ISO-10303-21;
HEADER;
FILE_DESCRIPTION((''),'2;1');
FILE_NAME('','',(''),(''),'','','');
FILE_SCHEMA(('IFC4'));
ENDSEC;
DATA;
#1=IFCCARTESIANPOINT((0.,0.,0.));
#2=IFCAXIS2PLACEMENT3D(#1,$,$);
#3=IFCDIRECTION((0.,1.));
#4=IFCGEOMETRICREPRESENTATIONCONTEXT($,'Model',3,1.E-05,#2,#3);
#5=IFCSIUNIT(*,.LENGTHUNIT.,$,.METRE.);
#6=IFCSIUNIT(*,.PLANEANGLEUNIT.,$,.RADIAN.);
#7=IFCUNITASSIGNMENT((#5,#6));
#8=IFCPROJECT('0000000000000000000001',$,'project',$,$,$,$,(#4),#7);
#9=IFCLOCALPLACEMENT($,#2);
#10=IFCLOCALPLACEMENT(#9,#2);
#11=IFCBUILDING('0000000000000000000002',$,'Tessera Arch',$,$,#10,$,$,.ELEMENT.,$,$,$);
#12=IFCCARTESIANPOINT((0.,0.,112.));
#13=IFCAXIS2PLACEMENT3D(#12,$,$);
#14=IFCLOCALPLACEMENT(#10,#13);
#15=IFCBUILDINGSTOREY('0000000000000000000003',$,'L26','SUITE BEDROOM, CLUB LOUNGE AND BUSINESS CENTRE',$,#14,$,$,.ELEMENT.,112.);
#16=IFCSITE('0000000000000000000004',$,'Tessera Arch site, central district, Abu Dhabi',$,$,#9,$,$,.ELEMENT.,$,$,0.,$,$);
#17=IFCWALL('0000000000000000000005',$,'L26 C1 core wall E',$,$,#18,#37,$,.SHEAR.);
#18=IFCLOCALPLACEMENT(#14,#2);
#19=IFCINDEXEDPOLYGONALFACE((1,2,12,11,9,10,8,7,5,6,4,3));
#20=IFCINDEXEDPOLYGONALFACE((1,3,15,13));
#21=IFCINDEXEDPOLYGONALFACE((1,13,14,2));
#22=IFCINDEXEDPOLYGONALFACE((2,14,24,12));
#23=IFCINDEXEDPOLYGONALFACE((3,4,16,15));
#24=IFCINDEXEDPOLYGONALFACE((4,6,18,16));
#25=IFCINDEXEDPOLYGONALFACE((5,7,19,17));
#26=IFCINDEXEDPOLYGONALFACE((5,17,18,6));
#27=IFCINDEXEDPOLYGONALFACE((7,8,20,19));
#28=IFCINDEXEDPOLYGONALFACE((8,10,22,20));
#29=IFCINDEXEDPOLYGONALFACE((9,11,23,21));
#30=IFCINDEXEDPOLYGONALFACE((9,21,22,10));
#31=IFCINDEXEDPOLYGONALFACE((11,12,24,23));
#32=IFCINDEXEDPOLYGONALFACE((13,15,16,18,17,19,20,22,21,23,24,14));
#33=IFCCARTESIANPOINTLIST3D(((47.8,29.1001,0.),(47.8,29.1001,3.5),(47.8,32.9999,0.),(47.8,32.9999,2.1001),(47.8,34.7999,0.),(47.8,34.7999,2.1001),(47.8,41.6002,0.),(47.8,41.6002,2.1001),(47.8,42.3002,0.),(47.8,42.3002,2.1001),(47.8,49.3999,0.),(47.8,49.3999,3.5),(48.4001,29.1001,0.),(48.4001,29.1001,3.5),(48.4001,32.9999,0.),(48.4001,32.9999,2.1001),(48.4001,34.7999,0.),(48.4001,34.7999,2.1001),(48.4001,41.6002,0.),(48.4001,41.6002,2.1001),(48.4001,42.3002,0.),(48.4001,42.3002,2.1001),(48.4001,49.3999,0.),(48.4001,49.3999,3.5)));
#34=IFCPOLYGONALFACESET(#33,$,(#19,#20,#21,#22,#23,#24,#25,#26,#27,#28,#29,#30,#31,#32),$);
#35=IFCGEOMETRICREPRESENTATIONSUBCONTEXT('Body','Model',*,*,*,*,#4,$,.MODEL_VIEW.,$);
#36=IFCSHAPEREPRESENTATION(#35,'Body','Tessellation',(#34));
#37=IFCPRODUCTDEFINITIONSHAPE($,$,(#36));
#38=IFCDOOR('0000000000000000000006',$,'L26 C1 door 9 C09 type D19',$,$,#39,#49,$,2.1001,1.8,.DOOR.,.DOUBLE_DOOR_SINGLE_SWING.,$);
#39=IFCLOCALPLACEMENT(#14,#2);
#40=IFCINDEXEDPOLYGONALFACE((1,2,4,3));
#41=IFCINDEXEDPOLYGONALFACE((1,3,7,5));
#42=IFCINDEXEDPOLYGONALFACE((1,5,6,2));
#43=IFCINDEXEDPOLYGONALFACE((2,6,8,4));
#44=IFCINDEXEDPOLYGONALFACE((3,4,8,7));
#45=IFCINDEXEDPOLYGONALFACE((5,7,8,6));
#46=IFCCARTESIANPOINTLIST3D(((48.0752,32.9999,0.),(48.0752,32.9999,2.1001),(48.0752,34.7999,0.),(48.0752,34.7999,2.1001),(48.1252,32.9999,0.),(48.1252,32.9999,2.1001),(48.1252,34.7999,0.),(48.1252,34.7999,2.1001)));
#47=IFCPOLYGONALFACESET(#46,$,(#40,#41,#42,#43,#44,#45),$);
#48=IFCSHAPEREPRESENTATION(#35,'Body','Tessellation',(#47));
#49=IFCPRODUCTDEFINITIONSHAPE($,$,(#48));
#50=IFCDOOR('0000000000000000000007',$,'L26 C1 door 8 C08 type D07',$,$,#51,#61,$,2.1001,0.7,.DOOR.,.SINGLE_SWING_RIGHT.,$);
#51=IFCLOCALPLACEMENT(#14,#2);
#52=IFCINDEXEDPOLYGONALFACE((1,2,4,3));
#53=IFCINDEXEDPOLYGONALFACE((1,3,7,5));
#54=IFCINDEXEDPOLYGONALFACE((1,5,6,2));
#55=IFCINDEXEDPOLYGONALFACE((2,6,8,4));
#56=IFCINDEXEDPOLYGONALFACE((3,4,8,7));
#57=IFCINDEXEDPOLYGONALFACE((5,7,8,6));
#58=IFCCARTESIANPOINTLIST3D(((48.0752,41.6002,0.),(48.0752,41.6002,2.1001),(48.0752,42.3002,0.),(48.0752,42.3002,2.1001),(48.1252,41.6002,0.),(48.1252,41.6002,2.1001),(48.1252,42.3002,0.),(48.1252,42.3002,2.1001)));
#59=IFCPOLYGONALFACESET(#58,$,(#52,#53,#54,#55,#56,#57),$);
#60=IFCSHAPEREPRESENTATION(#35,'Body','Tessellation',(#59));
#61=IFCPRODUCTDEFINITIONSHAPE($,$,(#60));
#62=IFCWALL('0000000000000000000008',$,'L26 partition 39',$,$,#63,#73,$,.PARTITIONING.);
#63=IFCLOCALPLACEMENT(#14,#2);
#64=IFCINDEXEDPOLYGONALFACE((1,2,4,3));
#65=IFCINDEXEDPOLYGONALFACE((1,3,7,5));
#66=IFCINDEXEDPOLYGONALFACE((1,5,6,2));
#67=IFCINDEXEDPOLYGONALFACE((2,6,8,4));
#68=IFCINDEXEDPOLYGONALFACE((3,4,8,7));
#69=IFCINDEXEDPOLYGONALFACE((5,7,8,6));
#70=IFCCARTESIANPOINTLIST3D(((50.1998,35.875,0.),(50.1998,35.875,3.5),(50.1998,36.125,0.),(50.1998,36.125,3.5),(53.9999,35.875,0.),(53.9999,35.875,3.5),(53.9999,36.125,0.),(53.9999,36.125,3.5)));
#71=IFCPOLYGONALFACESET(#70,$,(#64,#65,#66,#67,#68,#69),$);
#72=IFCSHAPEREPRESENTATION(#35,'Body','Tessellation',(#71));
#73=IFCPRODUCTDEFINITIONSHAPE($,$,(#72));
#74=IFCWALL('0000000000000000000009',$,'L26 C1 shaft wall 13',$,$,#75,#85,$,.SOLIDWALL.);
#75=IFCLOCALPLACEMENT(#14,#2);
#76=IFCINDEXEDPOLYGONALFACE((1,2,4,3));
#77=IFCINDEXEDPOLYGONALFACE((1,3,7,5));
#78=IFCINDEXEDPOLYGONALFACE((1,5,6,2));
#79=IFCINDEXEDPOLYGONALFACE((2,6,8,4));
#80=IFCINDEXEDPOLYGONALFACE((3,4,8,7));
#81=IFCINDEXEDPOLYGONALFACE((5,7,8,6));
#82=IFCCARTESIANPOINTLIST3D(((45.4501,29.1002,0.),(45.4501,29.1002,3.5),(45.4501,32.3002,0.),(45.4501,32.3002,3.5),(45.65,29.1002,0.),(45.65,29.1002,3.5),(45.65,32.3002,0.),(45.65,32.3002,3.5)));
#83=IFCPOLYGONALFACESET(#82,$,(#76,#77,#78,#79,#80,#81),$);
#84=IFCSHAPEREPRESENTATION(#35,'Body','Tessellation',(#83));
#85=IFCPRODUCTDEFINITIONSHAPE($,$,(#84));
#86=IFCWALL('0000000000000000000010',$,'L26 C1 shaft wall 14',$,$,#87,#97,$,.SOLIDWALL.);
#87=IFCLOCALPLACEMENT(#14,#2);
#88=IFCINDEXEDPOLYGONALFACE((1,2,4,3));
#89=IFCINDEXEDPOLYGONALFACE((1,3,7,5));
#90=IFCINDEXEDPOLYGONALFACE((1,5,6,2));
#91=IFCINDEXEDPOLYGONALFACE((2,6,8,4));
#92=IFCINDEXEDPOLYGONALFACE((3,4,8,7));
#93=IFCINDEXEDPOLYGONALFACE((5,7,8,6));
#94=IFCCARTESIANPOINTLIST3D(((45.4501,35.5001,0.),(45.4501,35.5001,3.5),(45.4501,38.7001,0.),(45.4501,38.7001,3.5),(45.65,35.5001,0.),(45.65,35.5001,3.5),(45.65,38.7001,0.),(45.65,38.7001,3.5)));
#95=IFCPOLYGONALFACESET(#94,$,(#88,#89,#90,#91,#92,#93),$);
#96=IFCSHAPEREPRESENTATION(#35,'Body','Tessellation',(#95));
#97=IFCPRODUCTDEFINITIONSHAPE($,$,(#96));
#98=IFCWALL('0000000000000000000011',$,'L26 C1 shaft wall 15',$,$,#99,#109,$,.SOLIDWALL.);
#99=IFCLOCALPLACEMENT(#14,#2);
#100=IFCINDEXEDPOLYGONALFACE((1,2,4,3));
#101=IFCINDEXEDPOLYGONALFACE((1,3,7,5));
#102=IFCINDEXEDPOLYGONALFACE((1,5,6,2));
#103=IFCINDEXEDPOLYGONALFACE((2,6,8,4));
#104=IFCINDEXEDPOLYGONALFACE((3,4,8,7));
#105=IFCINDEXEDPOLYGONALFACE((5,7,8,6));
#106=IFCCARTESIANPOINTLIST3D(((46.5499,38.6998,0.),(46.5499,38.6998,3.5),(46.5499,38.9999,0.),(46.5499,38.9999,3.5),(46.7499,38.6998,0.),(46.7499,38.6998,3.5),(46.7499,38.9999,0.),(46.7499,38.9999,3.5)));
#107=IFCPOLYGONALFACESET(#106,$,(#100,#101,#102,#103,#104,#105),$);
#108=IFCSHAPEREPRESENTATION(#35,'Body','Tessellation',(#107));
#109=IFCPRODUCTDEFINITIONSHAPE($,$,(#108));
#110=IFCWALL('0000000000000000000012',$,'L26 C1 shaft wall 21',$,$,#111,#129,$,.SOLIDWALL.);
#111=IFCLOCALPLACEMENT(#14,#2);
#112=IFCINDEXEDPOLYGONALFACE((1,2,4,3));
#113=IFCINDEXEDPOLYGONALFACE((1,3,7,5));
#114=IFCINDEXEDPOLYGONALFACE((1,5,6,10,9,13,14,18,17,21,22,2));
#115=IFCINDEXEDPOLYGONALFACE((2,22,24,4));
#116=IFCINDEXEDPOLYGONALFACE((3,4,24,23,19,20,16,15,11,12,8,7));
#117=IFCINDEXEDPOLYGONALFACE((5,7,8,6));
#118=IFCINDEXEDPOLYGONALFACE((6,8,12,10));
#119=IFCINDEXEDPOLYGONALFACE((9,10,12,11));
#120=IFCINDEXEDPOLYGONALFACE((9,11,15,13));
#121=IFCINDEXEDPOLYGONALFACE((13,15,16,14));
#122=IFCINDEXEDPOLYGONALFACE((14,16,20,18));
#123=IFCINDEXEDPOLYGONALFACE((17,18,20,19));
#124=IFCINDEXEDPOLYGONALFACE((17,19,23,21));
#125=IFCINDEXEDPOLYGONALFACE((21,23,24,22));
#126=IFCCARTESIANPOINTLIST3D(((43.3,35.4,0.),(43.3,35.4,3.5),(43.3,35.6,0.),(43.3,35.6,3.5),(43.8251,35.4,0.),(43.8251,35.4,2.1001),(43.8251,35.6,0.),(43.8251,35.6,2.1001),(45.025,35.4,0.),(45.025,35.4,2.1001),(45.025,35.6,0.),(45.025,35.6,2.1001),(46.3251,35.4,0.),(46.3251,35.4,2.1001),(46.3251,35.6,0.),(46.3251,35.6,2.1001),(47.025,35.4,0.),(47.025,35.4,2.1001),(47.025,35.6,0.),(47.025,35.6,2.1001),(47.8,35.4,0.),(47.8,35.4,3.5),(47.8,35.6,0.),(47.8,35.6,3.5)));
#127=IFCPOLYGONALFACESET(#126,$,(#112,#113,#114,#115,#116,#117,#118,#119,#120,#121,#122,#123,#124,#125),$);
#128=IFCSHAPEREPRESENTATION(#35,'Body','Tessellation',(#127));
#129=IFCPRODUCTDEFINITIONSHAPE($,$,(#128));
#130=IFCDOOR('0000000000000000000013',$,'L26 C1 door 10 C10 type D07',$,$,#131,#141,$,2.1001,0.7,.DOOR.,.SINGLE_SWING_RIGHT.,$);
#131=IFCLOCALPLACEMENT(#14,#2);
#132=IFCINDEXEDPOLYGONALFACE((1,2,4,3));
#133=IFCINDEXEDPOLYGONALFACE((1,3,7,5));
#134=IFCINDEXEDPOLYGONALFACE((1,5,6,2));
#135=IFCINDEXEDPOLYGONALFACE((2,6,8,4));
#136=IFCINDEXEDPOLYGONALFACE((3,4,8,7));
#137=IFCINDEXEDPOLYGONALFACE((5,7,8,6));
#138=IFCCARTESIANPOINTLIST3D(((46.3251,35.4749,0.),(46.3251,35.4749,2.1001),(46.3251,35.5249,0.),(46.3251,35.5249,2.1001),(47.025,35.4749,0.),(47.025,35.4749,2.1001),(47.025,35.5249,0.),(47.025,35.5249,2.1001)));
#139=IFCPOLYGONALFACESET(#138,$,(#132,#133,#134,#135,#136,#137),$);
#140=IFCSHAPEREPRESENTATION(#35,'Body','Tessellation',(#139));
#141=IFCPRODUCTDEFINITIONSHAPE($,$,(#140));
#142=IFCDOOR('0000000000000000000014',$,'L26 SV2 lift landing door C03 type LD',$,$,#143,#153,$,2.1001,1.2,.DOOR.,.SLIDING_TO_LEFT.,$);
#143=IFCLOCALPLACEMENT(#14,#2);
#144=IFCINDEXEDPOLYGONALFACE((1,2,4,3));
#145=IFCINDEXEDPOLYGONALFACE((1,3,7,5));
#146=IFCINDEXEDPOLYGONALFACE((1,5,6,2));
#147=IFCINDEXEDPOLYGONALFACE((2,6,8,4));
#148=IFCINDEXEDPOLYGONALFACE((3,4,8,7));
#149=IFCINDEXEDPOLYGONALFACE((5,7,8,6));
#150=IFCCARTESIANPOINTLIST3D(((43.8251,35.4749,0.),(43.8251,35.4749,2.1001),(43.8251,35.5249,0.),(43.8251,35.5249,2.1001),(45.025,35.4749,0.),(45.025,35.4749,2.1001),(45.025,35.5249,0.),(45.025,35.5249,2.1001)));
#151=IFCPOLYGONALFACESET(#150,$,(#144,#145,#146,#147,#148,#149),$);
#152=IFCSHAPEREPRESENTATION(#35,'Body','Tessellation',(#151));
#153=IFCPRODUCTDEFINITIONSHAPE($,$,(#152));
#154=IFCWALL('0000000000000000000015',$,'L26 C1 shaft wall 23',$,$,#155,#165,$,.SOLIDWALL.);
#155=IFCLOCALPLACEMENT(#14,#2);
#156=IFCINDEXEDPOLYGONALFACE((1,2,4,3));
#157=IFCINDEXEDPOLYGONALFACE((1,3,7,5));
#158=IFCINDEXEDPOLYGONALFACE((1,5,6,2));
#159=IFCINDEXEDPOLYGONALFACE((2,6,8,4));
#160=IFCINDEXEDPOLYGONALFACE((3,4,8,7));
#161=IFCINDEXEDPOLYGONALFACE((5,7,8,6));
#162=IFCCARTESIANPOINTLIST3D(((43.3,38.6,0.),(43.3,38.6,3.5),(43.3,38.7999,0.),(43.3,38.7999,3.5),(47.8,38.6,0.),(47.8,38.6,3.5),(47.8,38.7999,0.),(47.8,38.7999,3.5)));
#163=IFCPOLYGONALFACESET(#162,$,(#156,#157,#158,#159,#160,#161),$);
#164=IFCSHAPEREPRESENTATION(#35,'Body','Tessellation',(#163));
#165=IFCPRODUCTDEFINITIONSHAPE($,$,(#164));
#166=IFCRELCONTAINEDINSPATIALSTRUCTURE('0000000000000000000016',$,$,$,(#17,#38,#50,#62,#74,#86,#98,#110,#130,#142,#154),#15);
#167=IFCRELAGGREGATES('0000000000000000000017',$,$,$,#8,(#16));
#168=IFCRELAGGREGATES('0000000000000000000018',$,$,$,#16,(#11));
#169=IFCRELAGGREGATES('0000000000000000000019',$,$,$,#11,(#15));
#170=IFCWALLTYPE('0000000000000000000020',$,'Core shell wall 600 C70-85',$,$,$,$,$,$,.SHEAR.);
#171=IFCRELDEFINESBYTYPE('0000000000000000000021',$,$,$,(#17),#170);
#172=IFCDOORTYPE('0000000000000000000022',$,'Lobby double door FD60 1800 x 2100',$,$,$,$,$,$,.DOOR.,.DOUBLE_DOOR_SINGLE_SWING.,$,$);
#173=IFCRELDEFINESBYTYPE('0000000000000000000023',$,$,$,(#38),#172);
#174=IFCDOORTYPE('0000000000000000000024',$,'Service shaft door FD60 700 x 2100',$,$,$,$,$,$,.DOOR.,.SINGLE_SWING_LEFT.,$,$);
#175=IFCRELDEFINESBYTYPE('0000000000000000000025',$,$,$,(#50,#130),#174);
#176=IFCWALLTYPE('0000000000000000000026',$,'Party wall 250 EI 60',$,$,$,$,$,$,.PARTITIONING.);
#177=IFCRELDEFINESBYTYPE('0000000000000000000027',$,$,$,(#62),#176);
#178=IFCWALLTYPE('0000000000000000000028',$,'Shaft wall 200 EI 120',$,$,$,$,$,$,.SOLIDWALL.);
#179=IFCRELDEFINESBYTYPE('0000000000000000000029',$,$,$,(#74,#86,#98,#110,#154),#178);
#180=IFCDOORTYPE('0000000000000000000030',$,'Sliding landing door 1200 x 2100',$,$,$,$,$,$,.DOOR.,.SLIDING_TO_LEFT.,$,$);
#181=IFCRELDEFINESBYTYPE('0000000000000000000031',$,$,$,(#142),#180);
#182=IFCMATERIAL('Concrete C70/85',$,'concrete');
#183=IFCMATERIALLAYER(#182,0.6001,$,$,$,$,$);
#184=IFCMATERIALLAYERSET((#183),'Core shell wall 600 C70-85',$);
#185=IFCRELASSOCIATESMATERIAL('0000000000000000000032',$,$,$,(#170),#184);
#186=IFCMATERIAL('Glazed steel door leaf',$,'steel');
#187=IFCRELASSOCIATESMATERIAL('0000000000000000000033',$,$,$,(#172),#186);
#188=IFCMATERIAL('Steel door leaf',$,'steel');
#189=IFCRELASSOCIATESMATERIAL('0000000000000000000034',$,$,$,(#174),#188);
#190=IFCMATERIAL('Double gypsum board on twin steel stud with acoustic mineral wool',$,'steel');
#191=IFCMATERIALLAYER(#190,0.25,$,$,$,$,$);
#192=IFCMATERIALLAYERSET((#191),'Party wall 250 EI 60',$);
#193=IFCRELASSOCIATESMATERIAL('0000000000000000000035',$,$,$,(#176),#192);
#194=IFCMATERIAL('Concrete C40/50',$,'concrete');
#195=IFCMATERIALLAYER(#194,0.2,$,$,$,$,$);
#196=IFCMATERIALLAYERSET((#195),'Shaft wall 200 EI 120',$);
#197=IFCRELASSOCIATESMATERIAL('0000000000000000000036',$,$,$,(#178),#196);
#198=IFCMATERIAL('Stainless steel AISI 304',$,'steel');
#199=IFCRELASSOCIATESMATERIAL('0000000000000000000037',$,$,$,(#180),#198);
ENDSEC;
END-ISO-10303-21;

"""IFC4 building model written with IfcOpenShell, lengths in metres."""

from ifc_helpers import new_model, si_unit, direction, frame, frame_2d, origin, place, context, subcontext, project, spatial, rectangle, extrude, material, layer, layer_set, type_object, element, fill, save


model = new_model("IFC4")

# Units and contexts
model_context = context("Model", 3, precision=1e-05, world=origin(), true_north=direction((0.0, 1.0)))
body_context = subcontext(model_context, "Body", "Model", "MODEL_VIEW")
ifc_project = project(units=[si_unit("LENGTHUNIT", "METRE"), si_unit("PLANEANGLEUNIT", "RADIAN")], contexts=[model_context])

# Site, building, storey
site_placement = place(None, origin())
site = spatial("IfcSite", under=ifc_project, at=site_placement, Name="Tessera Arch site, central district, Abu Dhabi", CompositionType="ELEMENT", RefElevation=0.0)
building_placement = place(site_placement, origin())
building = spatial("IfcBuilding", under=site, at=building_placement, Name="Tessera Arch", CompositionType="ELEMENT")
storey_placement = place(building_placement, frame((0.0, 0.0, 112.0)))
storey = spatial("IfcBuildingStorey", under=building, at=storey_placement, Name="L26", Description="SUITE BEDROOM, CLUB LOUNGE AND BUSINESS CENTRE", CompositionType="ELEMENT", Elevation=112.0)

# Wall, openings, doors
ifc_material_1 = material(Name="Concrete C70/85", Category="concrete")
ifc_layer_1 = layer(ifc_material_1, 0.6001)
ifc_layer_set_1 = layer_set([ifc_layer_1], Name="Core shell wall 600 C70-85")
wall_type_1 = type_object("IfcWallType", Name="Core shell wall 600 C70-85", PredefinedType="SHEAR", material=ifc_layer_set_1)
wall_1_placement = place(storey_placement, frame((48.1001, 29.1001, 0.0), z_axis=(0.0, 0.0, 1.0), x_axis=(0.0, 1.0, 0.0)))
wall_1 = element("IfcWall", 1, at=wall_1_placement, inside=storey, type_object=wall_type_1, Name="L26 C1 core wall E", PredefinedType="SHEAR", context=body_context, shape_type="SweptSolid", body=[
    extrude(rectangle(XDim=20.2998, YDim=0.6001, at=frame_2d((10.1499, 0.0))), origin(), (0.0, 0.0, 1.0), 3.5),
])
opening_1_placement = place(wall_1_placement, frame((12.5, 0.0, 0.0)))
opening_1 = element("IfcOpeningElement", 2, at=opening_1_placement, cuts=wall_1, PredefinedType="OPENING", context=body_context, shape_type="SweptSolid", body=[
    extrude(rectangle(XDim=0.7, YDim=2.1001, at=frame_2d((0.3501, 1.05))), frame((0.0, 0.3101, 0.0), z_axis=(0.0, -1.0, 0.0), x_axis=(1.0, 0.0, 0.0)), (0.0, 0.0, 1.0), 0.6201),
])
opening_2_placement = place(wall_1_placement, frame((3.8999, 0.0, 0.0)))
opening_2 = element("IfcOpeningElement", 3, at=opening_2_placement, cuts=wall_1, PredefinedType="OPENING", context=body_context, shape_type="SweptSolid", body=[
    extrude(rectangle(XDim=1.8, YDim=2.1001, at=frame_2d((0.8999, 1.05))), frame((0.0, 0.3101, 0.0), z_axis=(0.0, -1.0, 0.0), x_axis=(1.0, 0.0, 0.0)), (0.0, 0.0, 1.0), 0.6201),
])
ifc_material_2 = material(Name="Glazed steel door leaf", Category="steel")
door_type_1 = type_object("IfcDoorType", Name="Lobby double door FD60 1800 x 2100", OperationType="DOUBLE_DOOR_SINGLE_SWING", PredefinedType="DOOR", material=ifc_material_2)
door_1_placement = place(opening_2_placement, origin())
door_1 = element("IfcDoor", 4, at=door_1_placement, inside=storey, type_object=door_type_1, Name="L26 C1 door 9 C09 type D19", OperationType="DOUBLE_DOOR_SINGLE_SWING", OverallHeight=2.1001, OverallWidth=1.8, PredefinedType="DOOR", context=body_context, shape_type="SweptSolid", body=[
    extrude(rectangle(XDim=1.8, YDim=2.1001, at=frame_2d((0.8999, 1.05))), frame((0.0, 0.0249, 0.0), z_axis=(0.0, -1.0, 0.0), x_axis=(1.0, 0.0, 0.0)), (0.0, 0.0, 1.0), 0.05),
])
fill(opening_2, door_1)
ifc_material_3 = material(Name="Steel door leaf", Category="steel")
door_type_2 = type_object("IfcDoorType", Name="Service shaft door FD60 700 x 2100", OperationType="SINGLE_SWING_LEFT", PredefinedType="DOOR", material=ifc_material_3)
door_2_placement = place(opening_1_placement, origin())
door_2 = element("IfcDoor", 5, at=door_2_placement, inside=storey, type_object=door_type_2, Name="L26 C1 door 8 C08 type D07", OperationType="SINGLE_SWING_RIGHT", OverallHeight=2.1001, OverallWidth=0.7, PredefinedType="DOOR", context=body_context, shape_type="SweptSolid", body=[
    extrude(rectangle(XDim=0.7, YDim=2.1001, at=frame_2d((0.3501, 1.05))), frame((0.0, 0.0249, 0.0), z_axis=(0.0, -1.0, 0.0), x_axis=(1.0, 0.0, 0.0)), (0.0, 0.0, 1.0), 0.05),
])
fill(opening_1, door_2)

# Walls
ifc_material_4 = material(Name="Double gypsum board on twin steel stud with acoustic mineral wool", Category="steel")
ifc_layer_2 = layer(ifc_material_4, 0.25)
ifc_layer_set_2 = layer_set([ifc_layer_2], Name="Party wall 250 EI 60")
wall_type_2 = type_object("IfcWallType", Name="Party wall 250 EI 60", PredefinedType="PARTITIONING", material=ifc_layer_set_2)
wall_2_placement = place(storey_placement, frame((50.2, 36.0, 0.0), z_axis=(0.0, 0.0, 1.0), x_axis=(1.0, 0.0, 0.0)))
element("IfcWall", 6, at=wall_2_placement, inside=storey, type_object=wall_type_2, Name="L26 partition 39", PredefinedType="PARTITIONING", context=body_context, shape_type="SweptSolid", body=[
    extrude(rectangle(XDim=3.8, YDim=0.25, at=frame_2d((1.8999, 0.0))), origin(), (0.0, 0.0, 1.0), 3.5),
])
ifc_material_5 = material(Name="Concrete C40/50", Category="concrete")
ifc_layer_3 = layer(ifc_material_5, 0.2)
ifc_layer_set_3 = layer_set([ifc_layer_3], Name="Shaft wall 200 EI 120")
wall_type_3 = type_object("IfcWallType", Name="Shaft wall 200 EI 120", PredefinedType="SOLIDWALL", material=ifc_layer_set_3)
for number, where, z_axis, x_axis, name in (
    (7, (45.55, 29.1001, 0.0), (0.0, 0.0, 1.0), (0.0, 1.0, 0.0), "L26 C1 shaft wall 13"),
    (8, (45.55, 35.5, 0.0), (0.0, 0.0, 1.0), (0.0, 1.0, 0.0), "L26 C1 shaft wall 14"),
):
    element("IfcWall", number, at=place(storey_placement, frame(where, z_axis=z_axis, x_axis=x_axis)), inside=storey, type_object=wall_type_3, Name=name, PredefinedType="SOLIDWALL", context=body_context, shape_type="SweptSolid", body=[
        extrude(rectangle(XDim=3.2, YDim=0.2, at=frame_2d((1.6001, 0.0))), origin(), (0.0, 0.0, 1.0), 3.5),
    ])
wall_3_placement = place(storey_placement, frame((46.6499, 38.7, 0.0), z_axis=(0.0, 0.0, 1.0), x_axis=(0.0, 1.0, 0.0)))
element("IfcWall", 9, at=wall_3_placement, inside=storey, type_object=wall_type_3, Name="L26 C1 shaft wall 15", PredefinedType="SOLIDWALL", context=body_context, shape_type="SweptSolid", body=[
    extrude(rectangle(XDim=0.3, YDim=0.2, at=frame_2d((0.1499, 0.0))), origin(), (0.0, 0.0, 1.0), 3.5),
])

# Wall, openings, doors
wall_4_placement = place(storey_placement, frame((43.3, 35.5, 0.0), z_axis=(0.0, 0.0, 1.0), x_axis=(1.0, 0.0, 0.0)))
wall_4 = element("IfcWall", 10, at=wall_4_placement, inside=storey, type_object=wall_type_3, Name="L26 C1 shaft wall 21", PredefinedType="SOLIDWALL", context=body_context, shape_type="SweptSolid", body=[
    extrude(rectangle(XDim=4.5, YDim=0.2, at=frame_2d((2.25, 0.0))), origin(), (0.0, 0.0, 1.0), 3.5),
])
opening_3_placement = place(wall_4_placement, frame((0.5249, 0.0, 0.0)))
opening_3 = element("IfcOpeningElement", 11, at=opening_3_placement, cuts=wall_4, PredefinedType="OPENING", context=body_context, shape_type="SweptSolid", body=[
    extrude(rectangle(XDim=1.2, YDim=2.1001, at=frame_2d((0.6001, 1.05))), frame((0.0, 0.1099, 0.0), z_axis=(0.0, -1.0, 0.0), x_axis=(1.0, 0.0, 0.0)), (0.0, 0.0, 1.0), 0.22),
])
opening_4_placement = place(wall_4_placement, frame((3.0249, 0.0, 0.0)))
opening_4 = element("IfcOpeningElement", 12, at=opening_4_placement, cuts=wall_4, PredefinedType="OPENING", context=body_context, shape_type="SweptSolid", body=[
    extrude(rectangle(XDim=0.7, YDim=2.1001, at=frame_2d((0.3501, 1.05))), frame((0.0, 0.1099, 0.0), z_axis=(0.0, -1.0, 0.0), x_axis=(1.0, 0.0, 0.0)), (0.0, 0.0, 1.0), 0.22),
])
door_3_placement = place(opening_4_placement, origin())
door_3 = element("IfcDoor", 13, at=door_3_placement, inside=storey, type_object=door_type_2, Name="L26 C1 door 10 C10 type D07", OperationType="SINGLE_SWING_RIGHT", OverallHeight=2.1001, OverallWidth=0.7, PredefinedType="DOOR", context=body_context, shape_type="SweptSolid", body=[
    extrude(rectangle(XDim=0.7, YDim=2.1001, at=frame_2d((0.3501, 1.05))), frame((0.0, 0.0249, 0.0), z_axis=(0.0, -1.0, 0.0), x_axis=(1.0, 0.0, 0.0)), (0.0, 0.0, 1.0), 0.05),
])
fill(opening_4, door_3)
ifc_material_6 = material(Name="Stainless steel AISI 304", Category="steel")
door_type_3 = type_object("IfcDoorType", Name="Sliding landing door 1200 x 2100", OperationType="SLIDING_TO_LEFT", PredefinedType="DOOR", material=ifc_material_6)
door_4_placement = place(opening_3_placement, origin())
door_4 = element("IfcDoor", 14, at=door_4_placement, inside=storey, type_object=door_type_3, Name="L26 SV2 lift landing door C03 type LD", OperationType="SLIDING_TO_LEFT", OverallHeight=2.1001, OverallWidth=1.2, PredefinedType="DOOR", context=body_context, shape_type="SweptSolid", body=[
    extrude(rectangle(XDim=1.2, YDim=2.1001, at=frame_2d((0.6001, 1.05))), frame((0.0, 0.0249, 0.0), z_axis=(0.0, -1.0, 0.0), x_axis=(1.0, 0.0, 0.0)), (0.0, 0.0, 1.0), 0.05),
])
fill(opening_3, door_4)

# Wall
wall_5_placement = place(storey_placement, frame((43.3, 38.7, 0.0), z_axis=(0.0, 0.0, 1.0), x_axis=(1.0, 0.0, 0.0)))
element("IfcWall", 15, at=wall_5_placement, inside=storey, type_object=wall_type_3, Name="L26 C1 shaft wall 23", PredefinedType="SOLIDWALL", context=body_context, shape_type="SweptSolid", body=[
    extrude(rectangle(XDim=4.5, YDim=0.2, at=frame_2d((2.25, 0.0))), origin(), (0.0, 0.0, 1.0), 3.5),
])

save(model, "model.ifc")
